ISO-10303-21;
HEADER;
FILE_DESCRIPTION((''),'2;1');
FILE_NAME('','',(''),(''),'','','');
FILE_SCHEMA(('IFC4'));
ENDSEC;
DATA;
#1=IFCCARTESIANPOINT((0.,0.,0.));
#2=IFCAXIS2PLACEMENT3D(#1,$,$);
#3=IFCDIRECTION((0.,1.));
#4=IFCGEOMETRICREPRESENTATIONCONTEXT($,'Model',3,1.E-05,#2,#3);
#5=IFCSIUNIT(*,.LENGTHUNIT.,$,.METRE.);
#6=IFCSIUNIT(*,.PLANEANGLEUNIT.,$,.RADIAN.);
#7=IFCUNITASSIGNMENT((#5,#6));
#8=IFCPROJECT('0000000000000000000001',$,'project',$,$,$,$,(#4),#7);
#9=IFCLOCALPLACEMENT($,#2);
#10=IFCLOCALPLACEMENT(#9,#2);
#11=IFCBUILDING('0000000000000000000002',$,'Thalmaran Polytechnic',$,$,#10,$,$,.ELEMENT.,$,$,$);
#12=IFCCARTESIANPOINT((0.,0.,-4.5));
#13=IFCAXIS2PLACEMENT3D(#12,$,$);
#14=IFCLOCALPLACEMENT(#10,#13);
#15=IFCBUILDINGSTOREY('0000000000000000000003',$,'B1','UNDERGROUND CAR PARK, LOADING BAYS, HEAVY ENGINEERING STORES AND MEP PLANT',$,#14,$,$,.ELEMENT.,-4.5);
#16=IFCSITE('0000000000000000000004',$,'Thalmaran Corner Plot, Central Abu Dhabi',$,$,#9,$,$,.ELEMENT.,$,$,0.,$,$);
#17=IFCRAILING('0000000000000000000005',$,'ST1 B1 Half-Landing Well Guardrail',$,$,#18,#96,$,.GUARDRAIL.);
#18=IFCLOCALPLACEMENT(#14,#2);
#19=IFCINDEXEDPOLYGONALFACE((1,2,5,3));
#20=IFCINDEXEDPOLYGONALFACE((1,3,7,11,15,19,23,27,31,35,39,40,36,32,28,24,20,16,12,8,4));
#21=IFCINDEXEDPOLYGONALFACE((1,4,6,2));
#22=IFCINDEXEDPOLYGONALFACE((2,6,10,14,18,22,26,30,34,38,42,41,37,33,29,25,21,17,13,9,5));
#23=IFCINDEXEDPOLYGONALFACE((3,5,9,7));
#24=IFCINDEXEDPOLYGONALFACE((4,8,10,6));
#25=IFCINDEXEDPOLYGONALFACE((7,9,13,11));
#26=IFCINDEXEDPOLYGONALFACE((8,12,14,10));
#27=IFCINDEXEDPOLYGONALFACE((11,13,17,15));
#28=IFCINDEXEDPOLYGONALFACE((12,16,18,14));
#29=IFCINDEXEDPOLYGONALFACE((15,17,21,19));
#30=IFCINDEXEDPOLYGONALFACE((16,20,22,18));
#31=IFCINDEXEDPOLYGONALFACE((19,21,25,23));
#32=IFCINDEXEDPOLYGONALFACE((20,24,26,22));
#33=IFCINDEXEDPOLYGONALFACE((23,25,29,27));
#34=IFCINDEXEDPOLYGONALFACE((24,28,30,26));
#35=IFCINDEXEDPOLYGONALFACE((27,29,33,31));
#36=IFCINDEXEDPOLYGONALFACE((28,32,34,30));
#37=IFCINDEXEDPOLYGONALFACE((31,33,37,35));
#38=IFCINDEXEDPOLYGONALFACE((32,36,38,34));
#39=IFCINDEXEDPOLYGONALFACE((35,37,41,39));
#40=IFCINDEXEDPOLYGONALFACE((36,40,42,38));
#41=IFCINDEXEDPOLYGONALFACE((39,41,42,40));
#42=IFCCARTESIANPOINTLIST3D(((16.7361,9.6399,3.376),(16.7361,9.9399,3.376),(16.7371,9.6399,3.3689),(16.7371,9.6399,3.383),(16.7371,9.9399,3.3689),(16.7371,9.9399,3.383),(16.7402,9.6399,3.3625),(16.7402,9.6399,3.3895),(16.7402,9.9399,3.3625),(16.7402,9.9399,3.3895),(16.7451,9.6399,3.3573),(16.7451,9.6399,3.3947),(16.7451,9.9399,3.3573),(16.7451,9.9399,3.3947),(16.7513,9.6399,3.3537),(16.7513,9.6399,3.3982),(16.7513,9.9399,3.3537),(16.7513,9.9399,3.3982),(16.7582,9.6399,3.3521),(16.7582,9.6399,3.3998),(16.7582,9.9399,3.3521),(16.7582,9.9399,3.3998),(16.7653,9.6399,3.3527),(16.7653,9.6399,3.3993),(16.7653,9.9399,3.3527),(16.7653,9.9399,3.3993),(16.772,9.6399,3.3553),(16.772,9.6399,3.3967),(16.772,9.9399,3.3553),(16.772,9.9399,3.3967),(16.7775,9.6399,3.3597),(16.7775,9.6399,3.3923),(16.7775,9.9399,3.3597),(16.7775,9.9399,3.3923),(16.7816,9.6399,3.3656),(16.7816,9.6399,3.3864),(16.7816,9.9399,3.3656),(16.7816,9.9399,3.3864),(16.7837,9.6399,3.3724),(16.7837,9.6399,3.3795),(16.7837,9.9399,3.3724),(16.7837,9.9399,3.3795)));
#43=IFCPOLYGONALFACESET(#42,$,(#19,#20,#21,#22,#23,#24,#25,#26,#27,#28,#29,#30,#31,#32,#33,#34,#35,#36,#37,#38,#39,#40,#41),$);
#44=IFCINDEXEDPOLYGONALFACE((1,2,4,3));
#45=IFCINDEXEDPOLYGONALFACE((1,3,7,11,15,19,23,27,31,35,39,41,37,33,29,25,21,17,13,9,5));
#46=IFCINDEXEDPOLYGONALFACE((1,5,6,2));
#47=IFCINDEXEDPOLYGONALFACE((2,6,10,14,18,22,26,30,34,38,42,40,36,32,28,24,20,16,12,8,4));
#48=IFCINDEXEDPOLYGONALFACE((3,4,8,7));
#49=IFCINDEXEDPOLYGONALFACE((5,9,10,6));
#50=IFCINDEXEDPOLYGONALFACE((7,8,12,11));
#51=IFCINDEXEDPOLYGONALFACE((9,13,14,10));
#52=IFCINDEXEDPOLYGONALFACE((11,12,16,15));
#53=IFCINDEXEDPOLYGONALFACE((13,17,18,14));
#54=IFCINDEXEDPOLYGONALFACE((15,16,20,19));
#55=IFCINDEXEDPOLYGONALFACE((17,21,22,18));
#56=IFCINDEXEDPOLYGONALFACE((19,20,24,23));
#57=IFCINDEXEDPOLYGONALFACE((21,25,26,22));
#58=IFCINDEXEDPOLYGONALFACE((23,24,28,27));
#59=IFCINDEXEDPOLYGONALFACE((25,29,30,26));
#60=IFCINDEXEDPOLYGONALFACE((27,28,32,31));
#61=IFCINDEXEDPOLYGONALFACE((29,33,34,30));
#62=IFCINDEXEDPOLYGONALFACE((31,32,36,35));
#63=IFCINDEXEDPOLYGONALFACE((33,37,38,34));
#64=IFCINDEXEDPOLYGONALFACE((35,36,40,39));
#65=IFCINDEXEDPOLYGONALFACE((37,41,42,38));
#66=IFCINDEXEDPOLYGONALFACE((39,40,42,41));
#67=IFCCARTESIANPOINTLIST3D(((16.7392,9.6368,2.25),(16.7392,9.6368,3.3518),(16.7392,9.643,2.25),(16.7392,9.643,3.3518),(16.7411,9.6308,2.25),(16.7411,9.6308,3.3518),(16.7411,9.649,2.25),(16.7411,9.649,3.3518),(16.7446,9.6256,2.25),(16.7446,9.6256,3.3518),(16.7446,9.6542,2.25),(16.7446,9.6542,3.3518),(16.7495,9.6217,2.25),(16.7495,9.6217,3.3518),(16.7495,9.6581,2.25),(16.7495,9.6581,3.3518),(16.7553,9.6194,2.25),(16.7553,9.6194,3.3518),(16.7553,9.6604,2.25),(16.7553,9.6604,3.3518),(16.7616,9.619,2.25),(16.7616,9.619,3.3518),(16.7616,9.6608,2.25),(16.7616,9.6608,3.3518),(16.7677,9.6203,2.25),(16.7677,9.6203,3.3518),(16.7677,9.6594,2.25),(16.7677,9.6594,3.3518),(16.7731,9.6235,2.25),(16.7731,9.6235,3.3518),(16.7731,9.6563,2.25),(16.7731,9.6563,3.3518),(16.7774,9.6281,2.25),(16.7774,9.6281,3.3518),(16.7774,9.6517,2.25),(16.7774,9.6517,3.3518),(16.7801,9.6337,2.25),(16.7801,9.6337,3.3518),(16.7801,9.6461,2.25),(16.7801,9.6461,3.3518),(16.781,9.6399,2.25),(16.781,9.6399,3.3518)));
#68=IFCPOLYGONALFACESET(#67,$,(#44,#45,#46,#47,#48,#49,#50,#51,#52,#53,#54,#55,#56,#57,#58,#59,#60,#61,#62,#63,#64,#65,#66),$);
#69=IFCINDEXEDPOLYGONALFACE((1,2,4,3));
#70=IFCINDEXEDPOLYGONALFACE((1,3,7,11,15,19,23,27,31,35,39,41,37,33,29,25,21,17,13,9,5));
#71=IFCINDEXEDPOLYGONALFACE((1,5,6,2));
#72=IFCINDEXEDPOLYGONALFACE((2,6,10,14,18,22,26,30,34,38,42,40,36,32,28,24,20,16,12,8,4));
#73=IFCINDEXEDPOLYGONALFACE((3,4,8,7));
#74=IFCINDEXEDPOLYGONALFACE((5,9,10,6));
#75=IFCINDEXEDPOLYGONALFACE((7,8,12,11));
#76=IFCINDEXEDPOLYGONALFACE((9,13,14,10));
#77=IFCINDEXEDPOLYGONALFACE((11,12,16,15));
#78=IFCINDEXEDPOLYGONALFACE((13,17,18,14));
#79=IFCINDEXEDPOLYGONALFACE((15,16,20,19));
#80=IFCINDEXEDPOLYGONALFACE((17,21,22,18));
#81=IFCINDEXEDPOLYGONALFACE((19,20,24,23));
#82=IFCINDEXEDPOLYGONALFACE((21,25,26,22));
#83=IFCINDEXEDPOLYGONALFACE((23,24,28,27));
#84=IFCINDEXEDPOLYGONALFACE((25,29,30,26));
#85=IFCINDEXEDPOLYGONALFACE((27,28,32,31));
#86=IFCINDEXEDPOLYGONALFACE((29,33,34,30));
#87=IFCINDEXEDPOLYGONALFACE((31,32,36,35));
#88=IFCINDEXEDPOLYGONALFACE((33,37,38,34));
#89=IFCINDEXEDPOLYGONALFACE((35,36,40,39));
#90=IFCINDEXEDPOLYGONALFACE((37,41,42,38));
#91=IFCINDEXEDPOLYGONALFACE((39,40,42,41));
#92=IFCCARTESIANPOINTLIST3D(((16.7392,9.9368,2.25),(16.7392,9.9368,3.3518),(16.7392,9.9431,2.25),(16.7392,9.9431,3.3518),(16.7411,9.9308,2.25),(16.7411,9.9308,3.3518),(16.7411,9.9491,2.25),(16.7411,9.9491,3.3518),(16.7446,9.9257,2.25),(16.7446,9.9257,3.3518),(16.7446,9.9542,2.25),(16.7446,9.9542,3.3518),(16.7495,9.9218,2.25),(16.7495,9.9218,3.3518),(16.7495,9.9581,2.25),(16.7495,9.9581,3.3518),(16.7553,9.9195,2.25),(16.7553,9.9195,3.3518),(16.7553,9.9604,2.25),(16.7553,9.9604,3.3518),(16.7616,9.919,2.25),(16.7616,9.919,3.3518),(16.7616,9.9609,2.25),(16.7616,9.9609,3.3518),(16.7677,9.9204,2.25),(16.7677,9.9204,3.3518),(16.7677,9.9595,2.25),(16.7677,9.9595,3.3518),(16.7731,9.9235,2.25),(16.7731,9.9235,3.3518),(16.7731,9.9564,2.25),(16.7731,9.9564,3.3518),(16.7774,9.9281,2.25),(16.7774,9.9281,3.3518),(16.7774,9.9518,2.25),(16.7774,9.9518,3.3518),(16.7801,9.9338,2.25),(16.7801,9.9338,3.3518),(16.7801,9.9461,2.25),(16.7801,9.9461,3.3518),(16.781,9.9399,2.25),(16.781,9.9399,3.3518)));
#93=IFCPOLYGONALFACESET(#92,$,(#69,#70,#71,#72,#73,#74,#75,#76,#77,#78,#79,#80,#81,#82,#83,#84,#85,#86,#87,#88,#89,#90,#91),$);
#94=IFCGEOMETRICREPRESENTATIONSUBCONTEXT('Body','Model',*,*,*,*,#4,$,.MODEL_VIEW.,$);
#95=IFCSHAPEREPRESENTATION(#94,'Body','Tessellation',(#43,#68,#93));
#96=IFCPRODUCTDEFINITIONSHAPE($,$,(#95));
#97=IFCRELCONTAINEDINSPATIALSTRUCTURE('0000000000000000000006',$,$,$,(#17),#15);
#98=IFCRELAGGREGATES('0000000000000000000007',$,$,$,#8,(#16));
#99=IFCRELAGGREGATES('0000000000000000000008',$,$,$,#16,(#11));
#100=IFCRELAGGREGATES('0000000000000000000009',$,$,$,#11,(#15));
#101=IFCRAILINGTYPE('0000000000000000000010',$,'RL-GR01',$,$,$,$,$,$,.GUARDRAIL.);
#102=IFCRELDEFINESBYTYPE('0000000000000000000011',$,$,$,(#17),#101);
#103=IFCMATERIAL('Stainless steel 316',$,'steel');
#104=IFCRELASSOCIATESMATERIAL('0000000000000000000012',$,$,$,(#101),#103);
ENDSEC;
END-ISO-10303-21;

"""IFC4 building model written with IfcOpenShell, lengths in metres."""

from ifc_helpers import new_model, si_unit, direction, frame, origin, origin_2d, place, context, subcontext, project, spatial, circle, extrude, material, type_object, element, save


model = new_model("IFC4")

# Units and contexts
model_context = context("Model", 3, precision=1e-05, world=origin(), true_north=direction((0.0, 1.0)))
body_context = subcontext(model_context, "Body", "Model", "MODEL_VIEW")
ifc_project = project(units=[si_unit("LENGTHUNIT", "METRE"), si_unit("PLANEANGLEUNIT", "RADIAN")], contexts=[model_context])

# Site, building, storey
site_placement = place(None, origin())
site = spatial("IfcSite", under=ifc_project, at=site_placement, Name="Thalmaran Corner Plot, Central Abu Dhabi", CompositionType="ELEMENT", RefElevation=0.0)
building_placement = place(site_placement, origin())
building = spatial("IfcBuilding", under=site, at=building_placement, Name="Thalmaran Polytechnic", CompositionType="ELEMENT")
storey_placement = place(building_placement, frame((0.0, 0.0, -4.5)))
storey = spatial("IfcBuildingStorey", under=building, at=storey_placement, Name="B1", Description="UNDERGROUND CAR PARK, LOADING BAYS, HEAVY ENGINEERING STORES AND MEP PLANT", CompositionType="ELEMENT", Elevation=-4.5)

# Railing
ifc_material_1 = material(Name="Stainless steel 316", Category="steel")
railing_type_1 = type_object("IfcRailingType", Name="RL-GR01", PredefinedType="GUARDRAIL", material=ifc_material_1)
railing_1_placement = place(storey_placement, frame((16.76, 9.6399, 2.25)))
element("IfcRailing", 1, at=railing_1_placement, inside=storey, type_object=railing_type_1, Name="ST1 B1 Half-Landing Well Guardrail", PredefinedType="GUARDRAIL", context=body_context, shape_type="SweptSolid", body=[
    extrude(circle(Radius=0.0239, at=origin_2d()), frame((0.0, 0.0, 1.126), z_axis=(0.0, 1.0, 0.0), x_axis=(-1.0, 0.0, 0.0)), (0.0, 0.0, 1.0), 0.3),
    extrude(circle(Radius=0.021, at=origin_2d()), origin(), (0.0, 0.0, 1.0), 1.1018),
    extrude(circle(Radius=0.021, at=origin_2d()), frame((0.0, 0.3, 0.0)), (0.0, 0.0, 1.0), 1.1018),
])

save(model, "model.ifc")
